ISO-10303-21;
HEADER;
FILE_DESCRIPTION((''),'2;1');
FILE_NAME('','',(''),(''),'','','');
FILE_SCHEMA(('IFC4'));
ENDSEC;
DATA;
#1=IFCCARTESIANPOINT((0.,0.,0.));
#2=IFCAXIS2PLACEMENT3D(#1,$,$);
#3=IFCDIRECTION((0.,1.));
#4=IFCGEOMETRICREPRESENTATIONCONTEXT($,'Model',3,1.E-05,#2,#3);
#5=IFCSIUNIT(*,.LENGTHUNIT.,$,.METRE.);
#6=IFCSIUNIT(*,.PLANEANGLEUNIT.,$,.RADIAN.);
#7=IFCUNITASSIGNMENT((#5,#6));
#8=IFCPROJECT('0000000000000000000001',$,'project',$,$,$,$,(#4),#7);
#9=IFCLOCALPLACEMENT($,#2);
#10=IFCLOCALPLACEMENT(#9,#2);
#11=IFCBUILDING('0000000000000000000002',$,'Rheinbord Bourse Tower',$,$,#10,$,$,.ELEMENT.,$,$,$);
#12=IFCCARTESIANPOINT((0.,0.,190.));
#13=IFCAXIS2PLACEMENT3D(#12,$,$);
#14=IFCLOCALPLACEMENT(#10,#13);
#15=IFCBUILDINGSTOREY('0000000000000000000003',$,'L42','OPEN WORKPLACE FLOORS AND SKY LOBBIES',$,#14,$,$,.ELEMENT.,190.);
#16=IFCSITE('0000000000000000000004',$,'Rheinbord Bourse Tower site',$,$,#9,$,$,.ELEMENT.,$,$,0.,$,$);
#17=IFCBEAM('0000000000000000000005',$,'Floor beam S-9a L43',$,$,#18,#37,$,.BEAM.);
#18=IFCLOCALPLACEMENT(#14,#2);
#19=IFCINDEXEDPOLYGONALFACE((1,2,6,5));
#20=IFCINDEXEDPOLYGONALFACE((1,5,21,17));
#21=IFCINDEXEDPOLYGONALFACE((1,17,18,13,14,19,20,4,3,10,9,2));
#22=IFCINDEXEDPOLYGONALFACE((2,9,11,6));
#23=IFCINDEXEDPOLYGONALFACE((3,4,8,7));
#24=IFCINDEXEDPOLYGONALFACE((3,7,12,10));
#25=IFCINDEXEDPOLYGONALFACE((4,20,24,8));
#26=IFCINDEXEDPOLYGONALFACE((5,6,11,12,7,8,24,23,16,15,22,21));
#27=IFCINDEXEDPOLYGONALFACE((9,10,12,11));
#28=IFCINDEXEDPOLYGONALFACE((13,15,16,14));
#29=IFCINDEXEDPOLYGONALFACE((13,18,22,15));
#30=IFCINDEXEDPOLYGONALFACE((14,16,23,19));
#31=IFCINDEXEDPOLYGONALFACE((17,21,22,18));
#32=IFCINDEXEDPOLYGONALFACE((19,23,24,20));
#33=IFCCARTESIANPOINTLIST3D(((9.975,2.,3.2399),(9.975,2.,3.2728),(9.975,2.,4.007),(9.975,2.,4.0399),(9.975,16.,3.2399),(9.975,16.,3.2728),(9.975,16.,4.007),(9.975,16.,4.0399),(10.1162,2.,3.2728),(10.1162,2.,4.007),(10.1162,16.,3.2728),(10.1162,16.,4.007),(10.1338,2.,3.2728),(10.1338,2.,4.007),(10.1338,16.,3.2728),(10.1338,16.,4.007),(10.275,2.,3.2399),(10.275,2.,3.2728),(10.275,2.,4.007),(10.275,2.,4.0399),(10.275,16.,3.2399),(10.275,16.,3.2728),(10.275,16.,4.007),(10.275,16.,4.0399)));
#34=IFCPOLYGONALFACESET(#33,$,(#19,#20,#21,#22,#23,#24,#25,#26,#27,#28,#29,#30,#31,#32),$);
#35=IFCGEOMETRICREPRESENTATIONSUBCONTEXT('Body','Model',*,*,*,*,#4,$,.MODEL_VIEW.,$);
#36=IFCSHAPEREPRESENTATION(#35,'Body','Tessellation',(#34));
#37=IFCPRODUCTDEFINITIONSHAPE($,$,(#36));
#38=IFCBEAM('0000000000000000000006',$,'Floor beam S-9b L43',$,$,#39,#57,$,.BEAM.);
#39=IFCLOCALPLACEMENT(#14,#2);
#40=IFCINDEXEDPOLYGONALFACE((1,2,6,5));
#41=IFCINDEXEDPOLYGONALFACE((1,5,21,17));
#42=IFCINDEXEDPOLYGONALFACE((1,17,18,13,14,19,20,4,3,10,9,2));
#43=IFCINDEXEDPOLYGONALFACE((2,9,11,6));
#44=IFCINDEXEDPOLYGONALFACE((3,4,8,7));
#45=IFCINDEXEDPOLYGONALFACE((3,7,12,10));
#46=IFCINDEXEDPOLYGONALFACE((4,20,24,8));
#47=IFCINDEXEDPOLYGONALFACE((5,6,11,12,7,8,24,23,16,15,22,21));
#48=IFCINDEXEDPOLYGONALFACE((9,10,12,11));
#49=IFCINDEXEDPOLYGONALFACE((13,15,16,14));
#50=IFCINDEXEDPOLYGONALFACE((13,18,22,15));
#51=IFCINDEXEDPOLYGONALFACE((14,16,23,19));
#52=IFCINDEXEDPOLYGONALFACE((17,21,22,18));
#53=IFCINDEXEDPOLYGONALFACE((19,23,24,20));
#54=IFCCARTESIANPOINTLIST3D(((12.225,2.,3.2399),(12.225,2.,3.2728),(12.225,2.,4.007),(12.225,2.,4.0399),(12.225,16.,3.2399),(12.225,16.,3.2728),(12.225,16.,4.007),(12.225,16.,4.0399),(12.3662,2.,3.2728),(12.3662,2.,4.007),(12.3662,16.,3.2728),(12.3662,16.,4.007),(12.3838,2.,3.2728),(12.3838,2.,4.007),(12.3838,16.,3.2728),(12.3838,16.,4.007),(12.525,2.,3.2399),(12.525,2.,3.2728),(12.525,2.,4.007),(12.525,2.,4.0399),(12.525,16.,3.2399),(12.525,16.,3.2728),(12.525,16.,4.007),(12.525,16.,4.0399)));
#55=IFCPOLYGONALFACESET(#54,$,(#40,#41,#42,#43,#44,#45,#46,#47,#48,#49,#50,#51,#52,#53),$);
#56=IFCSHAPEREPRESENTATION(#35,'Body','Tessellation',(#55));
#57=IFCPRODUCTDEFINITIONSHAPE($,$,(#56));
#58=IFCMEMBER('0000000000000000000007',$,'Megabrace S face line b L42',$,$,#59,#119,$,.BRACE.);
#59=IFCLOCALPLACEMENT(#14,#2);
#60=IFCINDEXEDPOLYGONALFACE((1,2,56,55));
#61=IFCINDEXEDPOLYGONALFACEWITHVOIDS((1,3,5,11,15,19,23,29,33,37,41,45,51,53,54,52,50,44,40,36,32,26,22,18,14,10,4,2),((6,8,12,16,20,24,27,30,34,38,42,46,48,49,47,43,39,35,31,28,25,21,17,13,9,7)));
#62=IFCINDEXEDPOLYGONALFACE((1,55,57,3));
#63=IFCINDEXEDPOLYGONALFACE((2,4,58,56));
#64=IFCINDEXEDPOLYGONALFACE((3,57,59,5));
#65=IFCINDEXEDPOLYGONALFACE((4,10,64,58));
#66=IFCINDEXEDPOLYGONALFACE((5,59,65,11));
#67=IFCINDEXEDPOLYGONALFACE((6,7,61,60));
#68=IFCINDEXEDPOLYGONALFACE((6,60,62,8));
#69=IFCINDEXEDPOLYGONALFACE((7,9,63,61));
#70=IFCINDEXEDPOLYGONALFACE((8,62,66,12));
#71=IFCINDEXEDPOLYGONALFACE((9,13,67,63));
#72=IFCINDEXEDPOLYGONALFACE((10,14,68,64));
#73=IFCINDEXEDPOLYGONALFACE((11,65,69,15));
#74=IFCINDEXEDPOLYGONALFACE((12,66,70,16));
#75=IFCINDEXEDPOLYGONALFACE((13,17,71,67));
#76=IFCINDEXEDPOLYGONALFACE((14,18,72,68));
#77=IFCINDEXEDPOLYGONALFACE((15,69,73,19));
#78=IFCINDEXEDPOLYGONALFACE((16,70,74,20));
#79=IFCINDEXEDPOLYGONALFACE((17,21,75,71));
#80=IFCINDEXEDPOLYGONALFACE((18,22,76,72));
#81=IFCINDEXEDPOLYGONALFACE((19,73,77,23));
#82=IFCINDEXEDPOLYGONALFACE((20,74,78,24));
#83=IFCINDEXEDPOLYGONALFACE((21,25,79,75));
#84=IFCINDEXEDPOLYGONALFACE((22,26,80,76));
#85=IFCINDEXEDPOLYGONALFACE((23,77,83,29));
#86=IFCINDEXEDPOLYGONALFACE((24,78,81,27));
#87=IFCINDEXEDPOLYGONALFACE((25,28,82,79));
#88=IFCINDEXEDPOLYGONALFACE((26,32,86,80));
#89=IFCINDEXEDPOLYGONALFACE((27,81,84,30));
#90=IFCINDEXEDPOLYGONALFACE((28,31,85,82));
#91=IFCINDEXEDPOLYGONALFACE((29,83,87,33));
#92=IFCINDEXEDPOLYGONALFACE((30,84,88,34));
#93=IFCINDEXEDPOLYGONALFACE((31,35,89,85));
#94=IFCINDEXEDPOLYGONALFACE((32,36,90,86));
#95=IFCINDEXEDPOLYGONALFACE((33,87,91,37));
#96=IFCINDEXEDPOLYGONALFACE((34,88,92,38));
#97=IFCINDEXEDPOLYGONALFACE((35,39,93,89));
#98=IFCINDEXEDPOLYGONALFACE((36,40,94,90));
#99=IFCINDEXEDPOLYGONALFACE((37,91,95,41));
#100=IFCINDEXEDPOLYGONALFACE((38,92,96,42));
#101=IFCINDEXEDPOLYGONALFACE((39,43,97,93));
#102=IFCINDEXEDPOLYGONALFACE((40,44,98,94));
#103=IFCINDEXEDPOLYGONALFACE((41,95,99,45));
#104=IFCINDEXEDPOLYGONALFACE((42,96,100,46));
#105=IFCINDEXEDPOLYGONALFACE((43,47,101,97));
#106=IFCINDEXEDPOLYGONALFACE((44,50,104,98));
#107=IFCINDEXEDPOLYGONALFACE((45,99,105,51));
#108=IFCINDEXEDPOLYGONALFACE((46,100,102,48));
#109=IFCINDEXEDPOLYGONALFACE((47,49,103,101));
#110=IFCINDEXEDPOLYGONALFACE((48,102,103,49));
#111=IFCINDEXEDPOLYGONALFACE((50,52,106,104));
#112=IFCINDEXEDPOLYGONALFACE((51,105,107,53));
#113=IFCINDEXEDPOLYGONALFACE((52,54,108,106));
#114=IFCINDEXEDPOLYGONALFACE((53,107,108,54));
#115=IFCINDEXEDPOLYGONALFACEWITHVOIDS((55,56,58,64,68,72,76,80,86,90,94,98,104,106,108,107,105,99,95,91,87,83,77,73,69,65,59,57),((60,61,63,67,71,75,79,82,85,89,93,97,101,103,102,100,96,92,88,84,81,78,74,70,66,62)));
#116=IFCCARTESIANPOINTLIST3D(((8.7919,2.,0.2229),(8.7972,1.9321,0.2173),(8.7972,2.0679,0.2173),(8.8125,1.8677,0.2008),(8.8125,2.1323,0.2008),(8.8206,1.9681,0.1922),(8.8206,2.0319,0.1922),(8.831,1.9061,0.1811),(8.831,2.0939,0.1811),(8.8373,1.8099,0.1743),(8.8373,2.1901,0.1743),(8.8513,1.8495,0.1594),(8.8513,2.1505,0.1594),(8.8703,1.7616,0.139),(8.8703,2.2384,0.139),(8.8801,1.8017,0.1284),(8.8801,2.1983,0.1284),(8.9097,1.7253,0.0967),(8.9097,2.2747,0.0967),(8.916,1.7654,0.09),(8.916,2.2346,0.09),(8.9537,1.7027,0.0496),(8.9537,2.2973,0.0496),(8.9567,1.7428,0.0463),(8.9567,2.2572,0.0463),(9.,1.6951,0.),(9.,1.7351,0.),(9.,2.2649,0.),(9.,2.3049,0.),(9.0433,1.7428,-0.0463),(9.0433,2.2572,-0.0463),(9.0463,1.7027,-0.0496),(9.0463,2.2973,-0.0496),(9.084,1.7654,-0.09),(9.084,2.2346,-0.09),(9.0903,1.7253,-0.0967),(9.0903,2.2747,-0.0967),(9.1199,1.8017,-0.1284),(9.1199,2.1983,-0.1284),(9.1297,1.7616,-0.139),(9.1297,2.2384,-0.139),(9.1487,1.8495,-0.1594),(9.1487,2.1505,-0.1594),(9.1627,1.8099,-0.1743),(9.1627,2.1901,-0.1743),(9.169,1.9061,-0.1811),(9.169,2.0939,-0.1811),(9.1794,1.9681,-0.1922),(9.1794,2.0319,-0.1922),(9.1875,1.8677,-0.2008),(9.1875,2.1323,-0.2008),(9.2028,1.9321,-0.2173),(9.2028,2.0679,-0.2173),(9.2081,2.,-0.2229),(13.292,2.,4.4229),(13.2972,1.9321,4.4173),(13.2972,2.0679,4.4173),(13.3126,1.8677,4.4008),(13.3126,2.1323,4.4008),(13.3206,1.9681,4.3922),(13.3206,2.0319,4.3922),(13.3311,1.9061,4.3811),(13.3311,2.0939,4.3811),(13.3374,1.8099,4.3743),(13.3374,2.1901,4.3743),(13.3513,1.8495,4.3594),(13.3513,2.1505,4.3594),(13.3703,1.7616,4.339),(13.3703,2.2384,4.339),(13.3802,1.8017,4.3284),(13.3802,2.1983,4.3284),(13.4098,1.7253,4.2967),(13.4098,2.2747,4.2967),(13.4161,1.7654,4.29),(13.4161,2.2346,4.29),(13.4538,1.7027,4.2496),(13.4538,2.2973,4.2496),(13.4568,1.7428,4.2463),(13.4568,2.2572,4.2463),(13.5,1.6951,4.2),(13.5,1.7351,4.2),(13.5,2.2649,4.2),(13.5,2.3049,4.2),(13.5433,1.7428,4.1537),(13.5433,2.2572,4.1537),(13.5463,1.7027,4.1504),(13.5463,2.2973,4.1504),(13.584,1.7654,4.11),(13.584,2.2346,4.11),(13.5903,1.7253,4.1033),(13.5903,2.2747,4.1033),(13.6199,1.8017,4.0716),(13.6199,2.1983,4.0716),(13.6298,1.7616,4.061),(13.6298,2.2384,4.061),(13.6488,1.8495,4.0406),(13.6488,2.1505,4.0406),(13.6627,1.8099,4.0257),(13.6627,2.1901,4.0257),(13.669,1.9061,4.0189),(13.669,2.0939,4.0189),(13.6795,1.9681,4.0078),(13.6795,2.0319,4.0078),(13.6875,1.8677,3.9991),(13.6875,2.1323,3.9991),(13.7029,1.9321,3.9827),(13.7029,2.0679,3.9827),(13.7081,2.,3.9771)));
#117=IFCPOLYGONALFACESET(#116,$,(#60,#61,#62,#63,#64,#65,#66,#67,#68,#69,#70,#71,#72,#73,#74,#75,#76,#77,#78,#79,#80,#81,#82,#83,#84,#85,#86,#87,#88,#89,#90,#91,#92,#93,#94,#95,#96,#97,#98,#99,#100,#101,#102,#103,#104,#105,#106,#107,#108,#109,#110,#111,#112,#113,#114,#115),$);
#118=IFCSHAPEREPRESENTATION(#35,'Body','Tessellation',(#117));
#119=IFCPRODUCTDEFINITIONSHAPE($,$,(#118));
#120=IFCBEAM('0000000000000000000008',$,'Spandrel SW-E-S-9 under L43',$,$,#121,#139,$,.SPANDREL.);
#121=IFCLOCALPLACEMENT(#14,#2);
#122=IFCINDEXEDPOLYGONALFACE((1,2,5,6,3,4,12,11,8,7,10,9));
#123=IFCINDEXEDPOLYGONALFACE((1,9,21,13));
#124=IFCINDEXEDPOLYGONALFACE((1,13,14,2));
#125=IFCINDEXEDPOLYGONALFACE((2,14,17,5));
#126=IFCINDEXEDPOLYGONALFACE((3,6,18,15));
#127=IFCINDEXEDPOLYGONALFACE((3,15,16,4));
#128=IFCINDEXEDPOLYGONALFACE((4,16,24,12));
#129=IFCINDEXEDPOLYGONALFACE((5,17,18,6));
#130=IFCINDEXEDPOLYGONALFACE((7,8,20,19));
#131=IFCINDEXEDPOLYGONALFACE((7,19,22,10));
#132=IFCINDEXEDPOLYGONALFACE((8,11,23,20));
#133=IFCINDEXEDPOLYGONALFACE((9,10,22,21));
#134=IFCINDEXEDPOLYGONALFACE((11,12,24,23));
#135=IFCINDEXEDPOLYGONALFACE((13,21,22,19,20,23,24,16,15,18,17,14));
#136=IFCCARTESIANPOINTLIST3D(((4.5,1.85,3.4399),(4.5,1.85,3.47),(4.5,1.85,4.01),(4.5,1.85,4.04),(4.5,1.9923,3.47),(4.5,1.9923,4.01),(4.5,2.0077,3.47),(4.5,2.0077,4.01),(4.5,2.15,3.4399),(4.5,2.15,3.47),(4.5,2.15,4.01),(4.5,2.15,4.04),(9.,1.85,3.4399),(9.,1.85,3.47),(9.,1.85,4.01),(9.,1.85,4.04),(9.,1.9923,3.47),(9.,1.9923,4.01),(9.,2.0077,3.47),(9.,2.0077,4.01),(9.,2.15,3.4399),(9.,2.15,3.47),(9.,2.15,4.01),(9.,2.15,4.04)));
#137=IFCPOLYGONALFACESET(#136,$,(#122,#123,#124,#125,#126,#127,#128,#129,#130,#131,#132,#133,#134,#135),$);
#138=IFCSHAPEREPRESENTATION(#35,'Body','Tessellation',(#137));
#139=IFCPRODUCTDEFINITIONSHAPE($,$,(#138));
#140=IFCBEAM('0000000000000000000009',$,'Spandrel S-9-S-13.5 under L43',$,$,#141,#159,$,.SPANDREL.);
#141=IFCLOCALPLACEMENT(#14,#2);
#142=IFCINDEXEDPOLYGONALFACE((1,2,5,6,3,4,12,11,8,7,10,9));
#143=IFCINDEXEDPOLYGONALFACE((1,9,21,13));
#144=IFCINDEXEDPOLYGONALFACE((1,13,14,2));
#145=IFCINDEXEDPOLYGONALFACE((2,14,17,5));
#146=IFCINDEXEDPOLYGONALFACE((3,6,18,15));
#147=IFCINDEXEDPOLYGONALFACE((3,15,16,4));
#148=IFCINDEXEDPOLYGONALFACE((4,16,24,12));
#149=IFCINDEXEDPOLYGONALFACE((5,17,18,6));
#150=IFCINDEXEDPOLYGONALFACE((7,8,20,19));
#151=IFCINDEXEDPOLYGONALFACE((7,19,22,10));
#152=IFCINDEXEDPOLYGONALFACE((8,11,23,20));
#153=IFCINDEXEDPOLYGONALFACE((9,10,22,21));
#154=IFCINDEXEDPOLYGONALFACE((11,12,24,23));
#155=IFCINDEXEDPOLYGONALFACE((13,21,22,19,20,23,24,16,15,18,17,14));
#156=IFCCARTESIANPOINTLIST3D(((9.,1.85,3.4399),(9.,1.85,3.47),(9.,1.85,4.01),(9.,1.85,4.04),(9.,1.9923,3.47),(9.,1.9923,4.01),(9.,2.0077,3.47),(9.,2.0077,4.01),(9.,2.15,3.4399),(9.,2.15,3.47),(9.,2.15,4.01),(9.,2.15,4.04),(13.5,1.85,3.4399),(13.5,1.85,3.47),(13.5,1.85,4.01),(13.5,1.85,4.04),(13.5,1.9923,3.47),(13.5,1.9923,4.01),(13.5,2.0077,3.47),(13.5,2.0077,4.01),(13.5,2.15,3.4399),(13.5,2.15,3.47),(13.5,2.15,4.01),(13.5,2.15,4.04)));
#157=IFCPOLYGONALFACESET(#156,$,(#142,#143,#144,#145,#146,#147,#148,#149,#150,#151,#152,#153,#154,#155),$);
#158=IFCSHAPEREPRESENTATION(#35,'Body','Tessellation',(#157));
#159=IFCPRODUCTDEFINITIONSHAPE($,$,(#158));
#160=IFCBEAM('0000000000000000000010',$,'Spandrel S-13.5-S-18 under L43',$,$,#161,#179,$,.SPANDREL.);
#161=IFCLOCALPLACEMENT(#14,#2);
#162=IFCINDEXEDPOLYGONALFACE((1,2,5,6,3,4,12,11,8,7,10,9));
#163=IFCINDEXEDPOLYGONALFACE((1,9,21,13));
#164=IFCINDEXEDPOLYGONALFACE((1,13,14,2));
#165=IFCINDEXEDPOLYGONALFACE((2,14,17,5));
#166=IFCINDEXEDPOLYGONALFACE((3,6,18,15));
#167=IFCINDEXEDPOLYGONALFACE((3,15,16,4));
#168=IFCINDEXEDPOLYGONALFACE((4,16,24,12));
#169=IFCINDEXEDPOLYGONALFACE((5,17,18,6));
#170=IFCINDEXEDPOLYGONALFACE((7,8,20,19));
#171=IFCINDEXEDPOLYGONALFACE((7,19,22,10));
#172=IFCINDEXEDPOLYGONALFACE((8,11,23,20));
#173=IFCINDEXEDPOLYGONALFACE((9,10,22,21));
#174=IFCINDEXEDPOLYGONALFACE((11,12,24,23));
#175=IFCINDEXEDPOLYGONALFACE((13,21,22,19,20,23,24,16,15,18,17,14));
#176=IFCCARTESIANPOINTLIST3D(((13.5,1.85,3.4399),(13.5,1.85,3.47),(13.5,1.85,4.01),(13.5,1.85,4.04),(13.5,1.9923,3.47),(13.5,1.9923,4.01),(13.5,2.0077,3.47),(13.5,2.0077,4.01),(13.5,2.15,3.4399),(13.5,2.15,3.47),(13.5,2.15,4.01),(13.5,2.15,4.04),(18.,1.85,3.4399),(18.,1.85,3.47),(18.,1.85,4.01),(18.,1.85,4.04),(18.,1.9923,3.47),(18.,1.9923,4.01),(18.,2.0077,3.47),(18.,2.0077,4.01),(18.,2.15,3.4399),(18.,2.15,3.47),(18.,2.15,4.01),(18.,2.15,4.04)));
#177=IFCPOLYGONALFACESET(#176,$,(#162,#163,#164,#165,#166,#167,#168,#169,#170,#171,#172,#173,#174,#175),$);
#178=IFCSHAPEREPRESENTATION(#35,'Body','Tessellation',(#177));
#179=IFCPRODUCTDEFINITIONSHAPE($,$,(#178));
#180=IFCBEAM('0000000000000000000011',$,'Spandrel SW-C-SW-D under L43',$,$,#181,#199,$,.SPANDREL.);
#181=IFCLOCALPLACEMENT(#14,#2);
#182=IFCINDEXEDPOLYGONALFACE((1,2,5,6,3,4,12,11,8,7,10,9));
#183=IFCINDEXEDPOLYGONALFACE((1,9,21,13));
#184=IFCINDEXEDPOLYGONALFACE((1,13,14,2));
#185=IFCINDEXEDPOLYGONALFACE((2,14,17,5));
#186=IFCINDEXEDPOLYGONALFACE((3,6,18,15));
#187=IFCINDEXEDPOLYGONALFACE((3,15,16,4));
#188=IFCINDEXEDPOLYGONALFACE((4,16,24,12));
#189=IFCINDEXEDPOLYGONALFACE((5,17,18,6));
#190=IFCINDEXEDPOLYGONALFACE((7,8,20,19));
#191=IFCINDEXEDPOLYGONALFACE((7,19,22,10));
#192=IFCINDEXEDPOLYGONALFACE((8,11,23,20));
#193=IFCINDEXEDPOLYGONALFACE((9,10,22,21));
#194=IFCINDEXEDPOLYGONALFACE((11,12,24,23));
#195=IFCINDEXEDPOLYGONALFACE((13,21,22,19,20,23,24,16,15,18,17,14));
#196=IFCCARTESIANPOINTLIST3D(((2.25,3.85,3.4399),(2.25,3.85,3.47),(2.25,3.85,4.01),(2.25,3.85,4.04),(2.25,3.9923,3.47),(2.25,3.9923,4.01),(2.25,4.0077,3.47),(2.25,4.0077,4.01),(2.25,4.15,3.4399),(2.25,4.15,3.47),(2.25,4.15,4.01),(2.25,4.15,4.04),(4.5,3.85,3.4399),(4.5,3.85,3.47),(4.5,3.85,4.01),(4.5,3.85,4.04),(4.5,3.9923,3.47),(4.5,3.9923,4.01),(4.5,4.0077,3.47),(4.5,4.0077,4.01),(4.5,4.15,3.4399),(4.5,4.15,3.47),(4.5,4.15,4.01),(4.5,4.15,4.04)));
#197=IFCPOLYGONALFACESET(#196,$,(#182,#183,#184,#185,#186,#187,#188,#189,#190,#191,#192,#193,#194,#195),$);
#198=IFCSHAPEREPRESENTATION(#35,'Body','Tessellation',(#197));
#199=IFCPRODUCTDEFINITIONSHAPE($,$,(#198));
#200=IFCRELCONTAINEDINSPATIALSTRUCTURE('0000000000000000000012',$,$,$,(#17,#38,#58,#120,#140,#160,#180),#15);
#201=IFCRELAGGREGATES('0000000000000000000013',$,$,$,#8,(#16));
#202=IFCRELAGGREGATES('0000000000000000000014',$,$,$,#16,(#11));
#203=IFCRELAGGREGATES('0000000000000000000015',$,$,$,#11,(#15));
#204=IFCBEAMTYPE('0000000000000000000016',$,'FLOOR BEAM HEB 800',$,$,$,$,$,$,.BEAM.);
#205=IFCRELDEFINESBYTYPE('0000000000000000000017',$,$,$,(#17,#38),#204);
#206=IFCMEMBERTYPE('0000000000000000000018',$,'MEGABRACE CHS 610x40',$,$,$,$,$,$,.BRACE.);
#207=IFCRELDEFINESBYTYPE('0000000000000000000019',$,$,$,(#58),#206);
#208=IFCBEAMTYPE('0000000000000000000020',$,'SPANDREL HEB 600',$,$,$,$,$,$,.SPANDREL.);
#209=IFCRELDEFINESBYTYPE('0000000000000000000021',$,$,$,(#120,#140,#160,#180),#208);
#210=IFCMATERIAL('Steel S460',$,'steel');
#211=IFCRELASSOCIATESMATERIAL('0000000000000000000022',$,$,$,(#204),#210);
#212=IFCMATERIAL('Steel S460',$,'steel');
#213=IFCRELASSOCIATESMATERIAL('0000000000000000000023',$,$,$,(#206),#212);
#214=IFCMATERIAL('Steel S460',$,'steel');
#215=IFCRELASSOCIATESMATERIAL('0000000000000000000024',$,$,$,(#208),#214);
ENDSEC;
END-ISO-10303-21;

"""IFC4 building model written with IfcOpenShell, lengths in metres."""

from ifc_helpers import new_model, si_unit, direction, frame, origin, origin_2d, place, context, subcontext, project, spatial, hollow_circle, i_section, extrude, material, material_profile, profile_set, type_object, element, save


model = new_model("IFC4")

# Units and contexts
model_context = context("Model", 3, precision=1e-05, world=origin(), true_north=direction((0.0, 1.0)))
body_context = subcontext(model_context, "Body", "Model", "MODEL_VIEW")
ifc_project = project(units=[si_unit("LENGTHUNIT", "METRE"), si_unit("PLANEANGLEUNIT", "RADIAN")], contexts=[model_context])

# Site, building, storey
site_placement = place(None, origin())
site = spatial("IfcSite", under=ifc_project, at=site_placement, Name="Rheinbord Bourse Tower site", CompositionType="ELEMENT", RefElevation=0.0)
building_placement = place(site_placement, origin())
building = spatial("IfcBuilding", under=site, at=building_placement, Name="Rheinbord Bourse Tower", CompositionType="ELEMENT")
storey_placement = place(building_placement, frame((0.0, 0.0, 190.0)))
storey = spatial("IfcBuildingStorey", under=building, at=storey_placement, Name="L42", Description="OPEN WORKPLACE FLOORS AND SKY LOBBIES", CompositionType="ELEMENT", Elevation=190.0)

# Beams
ifc_material_1 = material(Name="Steel S460", Category="steel")
ifc_material_profile_1 = material_profile(ifc_material_1, i_section(OverallWidth=0.3, OverallDepth=0.8, WebThickness=0.0176, FlangeThickness=0.033, at=origin_2d()), Name="HEB 800")
ifc_profile_set_1 = profile_set([ifc_material_profile_1], Name="Steel S460")
beam_type_1 = type_object("IfcBeamType", Name="FLOOR BEAM HEB 800", PredefinedType="BEAM", material=ifc_profile_set_1)
for number, where, z_axis, x_axis, name in (
    (1, (10.125, 2.0, 3.6399), (0.0, 1.0, 0.0), (-1.0, 0.0, 0.0), "Floor beam S-9a L43"),
    (2, (12.375, 2.0, 3.6399), (0.0, 1.0, 0.0), (-1.0, 0.0, 0.0), "Floor beam S-9b L43"),
):
    element("IfcBeam", number, at=place(storey_placement, frame(where, z_axis=z_axis, x_axis=x_axis)), inside=storey, type_object=beam_type_1, Name=name, PredefinedType="BEAM", context=body_context, shape_type="SweptSolid", body=[
        extrude(i_section(OverallWidth=0.3, OverallDepth=0.8, WebThickness=0.0176, FlangeThickness=0.033, at=origin_2d()), origin(), (0.0, 0.0, 1.0), 14.0),
    ])

# Member
ifc_material_2 = material(Name="Steel S460", Category="steel")
ifc_material_profile_2 = material_profile(ifc_material_2, hollow_circle(Radius=0.3049, WallThickness=0.04, at=origin_2d()), Name="CHS 610x40")
ifc_profile_set_2 = profile_set([ifc_material_profile_2], Name="Steel S460")
member_type_1 = type_object("IfcMemberType", Name="MEGABRACE CHS 610x40", PredefinedType="BRACE", material=ifc_profile_set_2)
member_1_placement = place(storey_placement, frame((9.0, 2.0, 0.0), z_axis=(0.731059, 0.0, 0.682314), x_axis=(0.0, 1.0, 0.0)))
element("IfcMember", 3, at=member_1_placement, inside=storey, type_object=member_type_1, Name="Megabrace S face line b L42", PredefinedType="BRACE", context=body_context, shape_type="SweptSolid", body=[
    extrude(hollow_circle(Radius=0.3049, WallThickness=0.04, at=origin_2d()), origin(), (0.0, 0.0, 1.0), 6.1555),
])

# Beams
ifc_material_3 = material(Name="Steel S460", Category="steel")
ifc_material_profile_3 = material_profile(ifc_material_3, i_section(OverallWidth=0.3, OverallDepth=0.6001, WebThickness=0.0154, FlangeThickness=0.03, at=origin_2d()), Name="HEB 600")
ifc_profile_set_3 = profile_set([ifc_material_profile_3], Name="Steel S460")
beam_type_2 = type_object("IfcBeamType", Name="SPANDREL HEB 600", PredefinedType="SPANDREL", material=ifc_profile_set_3)
for number, where, z_axis, x_axis, name in (
    (4, (4.5, 2.0, 3.74), (1.0, 0.0, 0.0), (0.0, 1.0, 0.0), "Spandrel SW-E-S-9 under L43"),
    (5, (9.0, 2.0, 3.74), (1.0, 0.0, 0.0), (0.0, 1.0, 0.0), "Spandrel S-9-S-13.5 under L43"),
    (6, (13.5, 2.0, 3.74), (1.0, 0.0, 0.0), (0.0, 1.0, 0.0), "Spandrel S-13.5-S-18 under L43"),
):
    element("IfcBeam", number, at=place(storey_placement, frame(where, z_axis=z_axis, x_axis=x_axis)), inside=storey, type_object=beam_type_2, Name=name, PredefinedType="SPANDREL", context=body_context, shape_type="SweptSolid", body=[
        extrude(i_section(OverallWidth=0.3, OverallDepth=0.6001, WebThickness=0.0154, FlangeThickness=0.03, at=origin_2d()), origin(), (0.0, 0.0, 1.0), 4.5),
    ])
beam_1_placement = place(storey_placement, frame((2.25, 4.0, 3.74), z_axis=(1.0, 0.0, 0.0), x_axis=(0.0, 1.0, 0.0)))
element("IfcBeam", 7, at=beam_1_placement, inside=storey, type_object=beam_type_2, Name="Spandrel SW-C-SW-D under L43", PredefinedType="SPANDREL", context=body_context, shape_type="SweptSolid", body=[
    extrude(i_section(OverallWidth=0.3, OverallDepth=0.6001, WebThickness=0.0154, FlangeThickness=0.03, at=origin_2d()), origin(), (0.0, 0.0, 1.0), 2.25),
])

save(model, "model.ifc")
